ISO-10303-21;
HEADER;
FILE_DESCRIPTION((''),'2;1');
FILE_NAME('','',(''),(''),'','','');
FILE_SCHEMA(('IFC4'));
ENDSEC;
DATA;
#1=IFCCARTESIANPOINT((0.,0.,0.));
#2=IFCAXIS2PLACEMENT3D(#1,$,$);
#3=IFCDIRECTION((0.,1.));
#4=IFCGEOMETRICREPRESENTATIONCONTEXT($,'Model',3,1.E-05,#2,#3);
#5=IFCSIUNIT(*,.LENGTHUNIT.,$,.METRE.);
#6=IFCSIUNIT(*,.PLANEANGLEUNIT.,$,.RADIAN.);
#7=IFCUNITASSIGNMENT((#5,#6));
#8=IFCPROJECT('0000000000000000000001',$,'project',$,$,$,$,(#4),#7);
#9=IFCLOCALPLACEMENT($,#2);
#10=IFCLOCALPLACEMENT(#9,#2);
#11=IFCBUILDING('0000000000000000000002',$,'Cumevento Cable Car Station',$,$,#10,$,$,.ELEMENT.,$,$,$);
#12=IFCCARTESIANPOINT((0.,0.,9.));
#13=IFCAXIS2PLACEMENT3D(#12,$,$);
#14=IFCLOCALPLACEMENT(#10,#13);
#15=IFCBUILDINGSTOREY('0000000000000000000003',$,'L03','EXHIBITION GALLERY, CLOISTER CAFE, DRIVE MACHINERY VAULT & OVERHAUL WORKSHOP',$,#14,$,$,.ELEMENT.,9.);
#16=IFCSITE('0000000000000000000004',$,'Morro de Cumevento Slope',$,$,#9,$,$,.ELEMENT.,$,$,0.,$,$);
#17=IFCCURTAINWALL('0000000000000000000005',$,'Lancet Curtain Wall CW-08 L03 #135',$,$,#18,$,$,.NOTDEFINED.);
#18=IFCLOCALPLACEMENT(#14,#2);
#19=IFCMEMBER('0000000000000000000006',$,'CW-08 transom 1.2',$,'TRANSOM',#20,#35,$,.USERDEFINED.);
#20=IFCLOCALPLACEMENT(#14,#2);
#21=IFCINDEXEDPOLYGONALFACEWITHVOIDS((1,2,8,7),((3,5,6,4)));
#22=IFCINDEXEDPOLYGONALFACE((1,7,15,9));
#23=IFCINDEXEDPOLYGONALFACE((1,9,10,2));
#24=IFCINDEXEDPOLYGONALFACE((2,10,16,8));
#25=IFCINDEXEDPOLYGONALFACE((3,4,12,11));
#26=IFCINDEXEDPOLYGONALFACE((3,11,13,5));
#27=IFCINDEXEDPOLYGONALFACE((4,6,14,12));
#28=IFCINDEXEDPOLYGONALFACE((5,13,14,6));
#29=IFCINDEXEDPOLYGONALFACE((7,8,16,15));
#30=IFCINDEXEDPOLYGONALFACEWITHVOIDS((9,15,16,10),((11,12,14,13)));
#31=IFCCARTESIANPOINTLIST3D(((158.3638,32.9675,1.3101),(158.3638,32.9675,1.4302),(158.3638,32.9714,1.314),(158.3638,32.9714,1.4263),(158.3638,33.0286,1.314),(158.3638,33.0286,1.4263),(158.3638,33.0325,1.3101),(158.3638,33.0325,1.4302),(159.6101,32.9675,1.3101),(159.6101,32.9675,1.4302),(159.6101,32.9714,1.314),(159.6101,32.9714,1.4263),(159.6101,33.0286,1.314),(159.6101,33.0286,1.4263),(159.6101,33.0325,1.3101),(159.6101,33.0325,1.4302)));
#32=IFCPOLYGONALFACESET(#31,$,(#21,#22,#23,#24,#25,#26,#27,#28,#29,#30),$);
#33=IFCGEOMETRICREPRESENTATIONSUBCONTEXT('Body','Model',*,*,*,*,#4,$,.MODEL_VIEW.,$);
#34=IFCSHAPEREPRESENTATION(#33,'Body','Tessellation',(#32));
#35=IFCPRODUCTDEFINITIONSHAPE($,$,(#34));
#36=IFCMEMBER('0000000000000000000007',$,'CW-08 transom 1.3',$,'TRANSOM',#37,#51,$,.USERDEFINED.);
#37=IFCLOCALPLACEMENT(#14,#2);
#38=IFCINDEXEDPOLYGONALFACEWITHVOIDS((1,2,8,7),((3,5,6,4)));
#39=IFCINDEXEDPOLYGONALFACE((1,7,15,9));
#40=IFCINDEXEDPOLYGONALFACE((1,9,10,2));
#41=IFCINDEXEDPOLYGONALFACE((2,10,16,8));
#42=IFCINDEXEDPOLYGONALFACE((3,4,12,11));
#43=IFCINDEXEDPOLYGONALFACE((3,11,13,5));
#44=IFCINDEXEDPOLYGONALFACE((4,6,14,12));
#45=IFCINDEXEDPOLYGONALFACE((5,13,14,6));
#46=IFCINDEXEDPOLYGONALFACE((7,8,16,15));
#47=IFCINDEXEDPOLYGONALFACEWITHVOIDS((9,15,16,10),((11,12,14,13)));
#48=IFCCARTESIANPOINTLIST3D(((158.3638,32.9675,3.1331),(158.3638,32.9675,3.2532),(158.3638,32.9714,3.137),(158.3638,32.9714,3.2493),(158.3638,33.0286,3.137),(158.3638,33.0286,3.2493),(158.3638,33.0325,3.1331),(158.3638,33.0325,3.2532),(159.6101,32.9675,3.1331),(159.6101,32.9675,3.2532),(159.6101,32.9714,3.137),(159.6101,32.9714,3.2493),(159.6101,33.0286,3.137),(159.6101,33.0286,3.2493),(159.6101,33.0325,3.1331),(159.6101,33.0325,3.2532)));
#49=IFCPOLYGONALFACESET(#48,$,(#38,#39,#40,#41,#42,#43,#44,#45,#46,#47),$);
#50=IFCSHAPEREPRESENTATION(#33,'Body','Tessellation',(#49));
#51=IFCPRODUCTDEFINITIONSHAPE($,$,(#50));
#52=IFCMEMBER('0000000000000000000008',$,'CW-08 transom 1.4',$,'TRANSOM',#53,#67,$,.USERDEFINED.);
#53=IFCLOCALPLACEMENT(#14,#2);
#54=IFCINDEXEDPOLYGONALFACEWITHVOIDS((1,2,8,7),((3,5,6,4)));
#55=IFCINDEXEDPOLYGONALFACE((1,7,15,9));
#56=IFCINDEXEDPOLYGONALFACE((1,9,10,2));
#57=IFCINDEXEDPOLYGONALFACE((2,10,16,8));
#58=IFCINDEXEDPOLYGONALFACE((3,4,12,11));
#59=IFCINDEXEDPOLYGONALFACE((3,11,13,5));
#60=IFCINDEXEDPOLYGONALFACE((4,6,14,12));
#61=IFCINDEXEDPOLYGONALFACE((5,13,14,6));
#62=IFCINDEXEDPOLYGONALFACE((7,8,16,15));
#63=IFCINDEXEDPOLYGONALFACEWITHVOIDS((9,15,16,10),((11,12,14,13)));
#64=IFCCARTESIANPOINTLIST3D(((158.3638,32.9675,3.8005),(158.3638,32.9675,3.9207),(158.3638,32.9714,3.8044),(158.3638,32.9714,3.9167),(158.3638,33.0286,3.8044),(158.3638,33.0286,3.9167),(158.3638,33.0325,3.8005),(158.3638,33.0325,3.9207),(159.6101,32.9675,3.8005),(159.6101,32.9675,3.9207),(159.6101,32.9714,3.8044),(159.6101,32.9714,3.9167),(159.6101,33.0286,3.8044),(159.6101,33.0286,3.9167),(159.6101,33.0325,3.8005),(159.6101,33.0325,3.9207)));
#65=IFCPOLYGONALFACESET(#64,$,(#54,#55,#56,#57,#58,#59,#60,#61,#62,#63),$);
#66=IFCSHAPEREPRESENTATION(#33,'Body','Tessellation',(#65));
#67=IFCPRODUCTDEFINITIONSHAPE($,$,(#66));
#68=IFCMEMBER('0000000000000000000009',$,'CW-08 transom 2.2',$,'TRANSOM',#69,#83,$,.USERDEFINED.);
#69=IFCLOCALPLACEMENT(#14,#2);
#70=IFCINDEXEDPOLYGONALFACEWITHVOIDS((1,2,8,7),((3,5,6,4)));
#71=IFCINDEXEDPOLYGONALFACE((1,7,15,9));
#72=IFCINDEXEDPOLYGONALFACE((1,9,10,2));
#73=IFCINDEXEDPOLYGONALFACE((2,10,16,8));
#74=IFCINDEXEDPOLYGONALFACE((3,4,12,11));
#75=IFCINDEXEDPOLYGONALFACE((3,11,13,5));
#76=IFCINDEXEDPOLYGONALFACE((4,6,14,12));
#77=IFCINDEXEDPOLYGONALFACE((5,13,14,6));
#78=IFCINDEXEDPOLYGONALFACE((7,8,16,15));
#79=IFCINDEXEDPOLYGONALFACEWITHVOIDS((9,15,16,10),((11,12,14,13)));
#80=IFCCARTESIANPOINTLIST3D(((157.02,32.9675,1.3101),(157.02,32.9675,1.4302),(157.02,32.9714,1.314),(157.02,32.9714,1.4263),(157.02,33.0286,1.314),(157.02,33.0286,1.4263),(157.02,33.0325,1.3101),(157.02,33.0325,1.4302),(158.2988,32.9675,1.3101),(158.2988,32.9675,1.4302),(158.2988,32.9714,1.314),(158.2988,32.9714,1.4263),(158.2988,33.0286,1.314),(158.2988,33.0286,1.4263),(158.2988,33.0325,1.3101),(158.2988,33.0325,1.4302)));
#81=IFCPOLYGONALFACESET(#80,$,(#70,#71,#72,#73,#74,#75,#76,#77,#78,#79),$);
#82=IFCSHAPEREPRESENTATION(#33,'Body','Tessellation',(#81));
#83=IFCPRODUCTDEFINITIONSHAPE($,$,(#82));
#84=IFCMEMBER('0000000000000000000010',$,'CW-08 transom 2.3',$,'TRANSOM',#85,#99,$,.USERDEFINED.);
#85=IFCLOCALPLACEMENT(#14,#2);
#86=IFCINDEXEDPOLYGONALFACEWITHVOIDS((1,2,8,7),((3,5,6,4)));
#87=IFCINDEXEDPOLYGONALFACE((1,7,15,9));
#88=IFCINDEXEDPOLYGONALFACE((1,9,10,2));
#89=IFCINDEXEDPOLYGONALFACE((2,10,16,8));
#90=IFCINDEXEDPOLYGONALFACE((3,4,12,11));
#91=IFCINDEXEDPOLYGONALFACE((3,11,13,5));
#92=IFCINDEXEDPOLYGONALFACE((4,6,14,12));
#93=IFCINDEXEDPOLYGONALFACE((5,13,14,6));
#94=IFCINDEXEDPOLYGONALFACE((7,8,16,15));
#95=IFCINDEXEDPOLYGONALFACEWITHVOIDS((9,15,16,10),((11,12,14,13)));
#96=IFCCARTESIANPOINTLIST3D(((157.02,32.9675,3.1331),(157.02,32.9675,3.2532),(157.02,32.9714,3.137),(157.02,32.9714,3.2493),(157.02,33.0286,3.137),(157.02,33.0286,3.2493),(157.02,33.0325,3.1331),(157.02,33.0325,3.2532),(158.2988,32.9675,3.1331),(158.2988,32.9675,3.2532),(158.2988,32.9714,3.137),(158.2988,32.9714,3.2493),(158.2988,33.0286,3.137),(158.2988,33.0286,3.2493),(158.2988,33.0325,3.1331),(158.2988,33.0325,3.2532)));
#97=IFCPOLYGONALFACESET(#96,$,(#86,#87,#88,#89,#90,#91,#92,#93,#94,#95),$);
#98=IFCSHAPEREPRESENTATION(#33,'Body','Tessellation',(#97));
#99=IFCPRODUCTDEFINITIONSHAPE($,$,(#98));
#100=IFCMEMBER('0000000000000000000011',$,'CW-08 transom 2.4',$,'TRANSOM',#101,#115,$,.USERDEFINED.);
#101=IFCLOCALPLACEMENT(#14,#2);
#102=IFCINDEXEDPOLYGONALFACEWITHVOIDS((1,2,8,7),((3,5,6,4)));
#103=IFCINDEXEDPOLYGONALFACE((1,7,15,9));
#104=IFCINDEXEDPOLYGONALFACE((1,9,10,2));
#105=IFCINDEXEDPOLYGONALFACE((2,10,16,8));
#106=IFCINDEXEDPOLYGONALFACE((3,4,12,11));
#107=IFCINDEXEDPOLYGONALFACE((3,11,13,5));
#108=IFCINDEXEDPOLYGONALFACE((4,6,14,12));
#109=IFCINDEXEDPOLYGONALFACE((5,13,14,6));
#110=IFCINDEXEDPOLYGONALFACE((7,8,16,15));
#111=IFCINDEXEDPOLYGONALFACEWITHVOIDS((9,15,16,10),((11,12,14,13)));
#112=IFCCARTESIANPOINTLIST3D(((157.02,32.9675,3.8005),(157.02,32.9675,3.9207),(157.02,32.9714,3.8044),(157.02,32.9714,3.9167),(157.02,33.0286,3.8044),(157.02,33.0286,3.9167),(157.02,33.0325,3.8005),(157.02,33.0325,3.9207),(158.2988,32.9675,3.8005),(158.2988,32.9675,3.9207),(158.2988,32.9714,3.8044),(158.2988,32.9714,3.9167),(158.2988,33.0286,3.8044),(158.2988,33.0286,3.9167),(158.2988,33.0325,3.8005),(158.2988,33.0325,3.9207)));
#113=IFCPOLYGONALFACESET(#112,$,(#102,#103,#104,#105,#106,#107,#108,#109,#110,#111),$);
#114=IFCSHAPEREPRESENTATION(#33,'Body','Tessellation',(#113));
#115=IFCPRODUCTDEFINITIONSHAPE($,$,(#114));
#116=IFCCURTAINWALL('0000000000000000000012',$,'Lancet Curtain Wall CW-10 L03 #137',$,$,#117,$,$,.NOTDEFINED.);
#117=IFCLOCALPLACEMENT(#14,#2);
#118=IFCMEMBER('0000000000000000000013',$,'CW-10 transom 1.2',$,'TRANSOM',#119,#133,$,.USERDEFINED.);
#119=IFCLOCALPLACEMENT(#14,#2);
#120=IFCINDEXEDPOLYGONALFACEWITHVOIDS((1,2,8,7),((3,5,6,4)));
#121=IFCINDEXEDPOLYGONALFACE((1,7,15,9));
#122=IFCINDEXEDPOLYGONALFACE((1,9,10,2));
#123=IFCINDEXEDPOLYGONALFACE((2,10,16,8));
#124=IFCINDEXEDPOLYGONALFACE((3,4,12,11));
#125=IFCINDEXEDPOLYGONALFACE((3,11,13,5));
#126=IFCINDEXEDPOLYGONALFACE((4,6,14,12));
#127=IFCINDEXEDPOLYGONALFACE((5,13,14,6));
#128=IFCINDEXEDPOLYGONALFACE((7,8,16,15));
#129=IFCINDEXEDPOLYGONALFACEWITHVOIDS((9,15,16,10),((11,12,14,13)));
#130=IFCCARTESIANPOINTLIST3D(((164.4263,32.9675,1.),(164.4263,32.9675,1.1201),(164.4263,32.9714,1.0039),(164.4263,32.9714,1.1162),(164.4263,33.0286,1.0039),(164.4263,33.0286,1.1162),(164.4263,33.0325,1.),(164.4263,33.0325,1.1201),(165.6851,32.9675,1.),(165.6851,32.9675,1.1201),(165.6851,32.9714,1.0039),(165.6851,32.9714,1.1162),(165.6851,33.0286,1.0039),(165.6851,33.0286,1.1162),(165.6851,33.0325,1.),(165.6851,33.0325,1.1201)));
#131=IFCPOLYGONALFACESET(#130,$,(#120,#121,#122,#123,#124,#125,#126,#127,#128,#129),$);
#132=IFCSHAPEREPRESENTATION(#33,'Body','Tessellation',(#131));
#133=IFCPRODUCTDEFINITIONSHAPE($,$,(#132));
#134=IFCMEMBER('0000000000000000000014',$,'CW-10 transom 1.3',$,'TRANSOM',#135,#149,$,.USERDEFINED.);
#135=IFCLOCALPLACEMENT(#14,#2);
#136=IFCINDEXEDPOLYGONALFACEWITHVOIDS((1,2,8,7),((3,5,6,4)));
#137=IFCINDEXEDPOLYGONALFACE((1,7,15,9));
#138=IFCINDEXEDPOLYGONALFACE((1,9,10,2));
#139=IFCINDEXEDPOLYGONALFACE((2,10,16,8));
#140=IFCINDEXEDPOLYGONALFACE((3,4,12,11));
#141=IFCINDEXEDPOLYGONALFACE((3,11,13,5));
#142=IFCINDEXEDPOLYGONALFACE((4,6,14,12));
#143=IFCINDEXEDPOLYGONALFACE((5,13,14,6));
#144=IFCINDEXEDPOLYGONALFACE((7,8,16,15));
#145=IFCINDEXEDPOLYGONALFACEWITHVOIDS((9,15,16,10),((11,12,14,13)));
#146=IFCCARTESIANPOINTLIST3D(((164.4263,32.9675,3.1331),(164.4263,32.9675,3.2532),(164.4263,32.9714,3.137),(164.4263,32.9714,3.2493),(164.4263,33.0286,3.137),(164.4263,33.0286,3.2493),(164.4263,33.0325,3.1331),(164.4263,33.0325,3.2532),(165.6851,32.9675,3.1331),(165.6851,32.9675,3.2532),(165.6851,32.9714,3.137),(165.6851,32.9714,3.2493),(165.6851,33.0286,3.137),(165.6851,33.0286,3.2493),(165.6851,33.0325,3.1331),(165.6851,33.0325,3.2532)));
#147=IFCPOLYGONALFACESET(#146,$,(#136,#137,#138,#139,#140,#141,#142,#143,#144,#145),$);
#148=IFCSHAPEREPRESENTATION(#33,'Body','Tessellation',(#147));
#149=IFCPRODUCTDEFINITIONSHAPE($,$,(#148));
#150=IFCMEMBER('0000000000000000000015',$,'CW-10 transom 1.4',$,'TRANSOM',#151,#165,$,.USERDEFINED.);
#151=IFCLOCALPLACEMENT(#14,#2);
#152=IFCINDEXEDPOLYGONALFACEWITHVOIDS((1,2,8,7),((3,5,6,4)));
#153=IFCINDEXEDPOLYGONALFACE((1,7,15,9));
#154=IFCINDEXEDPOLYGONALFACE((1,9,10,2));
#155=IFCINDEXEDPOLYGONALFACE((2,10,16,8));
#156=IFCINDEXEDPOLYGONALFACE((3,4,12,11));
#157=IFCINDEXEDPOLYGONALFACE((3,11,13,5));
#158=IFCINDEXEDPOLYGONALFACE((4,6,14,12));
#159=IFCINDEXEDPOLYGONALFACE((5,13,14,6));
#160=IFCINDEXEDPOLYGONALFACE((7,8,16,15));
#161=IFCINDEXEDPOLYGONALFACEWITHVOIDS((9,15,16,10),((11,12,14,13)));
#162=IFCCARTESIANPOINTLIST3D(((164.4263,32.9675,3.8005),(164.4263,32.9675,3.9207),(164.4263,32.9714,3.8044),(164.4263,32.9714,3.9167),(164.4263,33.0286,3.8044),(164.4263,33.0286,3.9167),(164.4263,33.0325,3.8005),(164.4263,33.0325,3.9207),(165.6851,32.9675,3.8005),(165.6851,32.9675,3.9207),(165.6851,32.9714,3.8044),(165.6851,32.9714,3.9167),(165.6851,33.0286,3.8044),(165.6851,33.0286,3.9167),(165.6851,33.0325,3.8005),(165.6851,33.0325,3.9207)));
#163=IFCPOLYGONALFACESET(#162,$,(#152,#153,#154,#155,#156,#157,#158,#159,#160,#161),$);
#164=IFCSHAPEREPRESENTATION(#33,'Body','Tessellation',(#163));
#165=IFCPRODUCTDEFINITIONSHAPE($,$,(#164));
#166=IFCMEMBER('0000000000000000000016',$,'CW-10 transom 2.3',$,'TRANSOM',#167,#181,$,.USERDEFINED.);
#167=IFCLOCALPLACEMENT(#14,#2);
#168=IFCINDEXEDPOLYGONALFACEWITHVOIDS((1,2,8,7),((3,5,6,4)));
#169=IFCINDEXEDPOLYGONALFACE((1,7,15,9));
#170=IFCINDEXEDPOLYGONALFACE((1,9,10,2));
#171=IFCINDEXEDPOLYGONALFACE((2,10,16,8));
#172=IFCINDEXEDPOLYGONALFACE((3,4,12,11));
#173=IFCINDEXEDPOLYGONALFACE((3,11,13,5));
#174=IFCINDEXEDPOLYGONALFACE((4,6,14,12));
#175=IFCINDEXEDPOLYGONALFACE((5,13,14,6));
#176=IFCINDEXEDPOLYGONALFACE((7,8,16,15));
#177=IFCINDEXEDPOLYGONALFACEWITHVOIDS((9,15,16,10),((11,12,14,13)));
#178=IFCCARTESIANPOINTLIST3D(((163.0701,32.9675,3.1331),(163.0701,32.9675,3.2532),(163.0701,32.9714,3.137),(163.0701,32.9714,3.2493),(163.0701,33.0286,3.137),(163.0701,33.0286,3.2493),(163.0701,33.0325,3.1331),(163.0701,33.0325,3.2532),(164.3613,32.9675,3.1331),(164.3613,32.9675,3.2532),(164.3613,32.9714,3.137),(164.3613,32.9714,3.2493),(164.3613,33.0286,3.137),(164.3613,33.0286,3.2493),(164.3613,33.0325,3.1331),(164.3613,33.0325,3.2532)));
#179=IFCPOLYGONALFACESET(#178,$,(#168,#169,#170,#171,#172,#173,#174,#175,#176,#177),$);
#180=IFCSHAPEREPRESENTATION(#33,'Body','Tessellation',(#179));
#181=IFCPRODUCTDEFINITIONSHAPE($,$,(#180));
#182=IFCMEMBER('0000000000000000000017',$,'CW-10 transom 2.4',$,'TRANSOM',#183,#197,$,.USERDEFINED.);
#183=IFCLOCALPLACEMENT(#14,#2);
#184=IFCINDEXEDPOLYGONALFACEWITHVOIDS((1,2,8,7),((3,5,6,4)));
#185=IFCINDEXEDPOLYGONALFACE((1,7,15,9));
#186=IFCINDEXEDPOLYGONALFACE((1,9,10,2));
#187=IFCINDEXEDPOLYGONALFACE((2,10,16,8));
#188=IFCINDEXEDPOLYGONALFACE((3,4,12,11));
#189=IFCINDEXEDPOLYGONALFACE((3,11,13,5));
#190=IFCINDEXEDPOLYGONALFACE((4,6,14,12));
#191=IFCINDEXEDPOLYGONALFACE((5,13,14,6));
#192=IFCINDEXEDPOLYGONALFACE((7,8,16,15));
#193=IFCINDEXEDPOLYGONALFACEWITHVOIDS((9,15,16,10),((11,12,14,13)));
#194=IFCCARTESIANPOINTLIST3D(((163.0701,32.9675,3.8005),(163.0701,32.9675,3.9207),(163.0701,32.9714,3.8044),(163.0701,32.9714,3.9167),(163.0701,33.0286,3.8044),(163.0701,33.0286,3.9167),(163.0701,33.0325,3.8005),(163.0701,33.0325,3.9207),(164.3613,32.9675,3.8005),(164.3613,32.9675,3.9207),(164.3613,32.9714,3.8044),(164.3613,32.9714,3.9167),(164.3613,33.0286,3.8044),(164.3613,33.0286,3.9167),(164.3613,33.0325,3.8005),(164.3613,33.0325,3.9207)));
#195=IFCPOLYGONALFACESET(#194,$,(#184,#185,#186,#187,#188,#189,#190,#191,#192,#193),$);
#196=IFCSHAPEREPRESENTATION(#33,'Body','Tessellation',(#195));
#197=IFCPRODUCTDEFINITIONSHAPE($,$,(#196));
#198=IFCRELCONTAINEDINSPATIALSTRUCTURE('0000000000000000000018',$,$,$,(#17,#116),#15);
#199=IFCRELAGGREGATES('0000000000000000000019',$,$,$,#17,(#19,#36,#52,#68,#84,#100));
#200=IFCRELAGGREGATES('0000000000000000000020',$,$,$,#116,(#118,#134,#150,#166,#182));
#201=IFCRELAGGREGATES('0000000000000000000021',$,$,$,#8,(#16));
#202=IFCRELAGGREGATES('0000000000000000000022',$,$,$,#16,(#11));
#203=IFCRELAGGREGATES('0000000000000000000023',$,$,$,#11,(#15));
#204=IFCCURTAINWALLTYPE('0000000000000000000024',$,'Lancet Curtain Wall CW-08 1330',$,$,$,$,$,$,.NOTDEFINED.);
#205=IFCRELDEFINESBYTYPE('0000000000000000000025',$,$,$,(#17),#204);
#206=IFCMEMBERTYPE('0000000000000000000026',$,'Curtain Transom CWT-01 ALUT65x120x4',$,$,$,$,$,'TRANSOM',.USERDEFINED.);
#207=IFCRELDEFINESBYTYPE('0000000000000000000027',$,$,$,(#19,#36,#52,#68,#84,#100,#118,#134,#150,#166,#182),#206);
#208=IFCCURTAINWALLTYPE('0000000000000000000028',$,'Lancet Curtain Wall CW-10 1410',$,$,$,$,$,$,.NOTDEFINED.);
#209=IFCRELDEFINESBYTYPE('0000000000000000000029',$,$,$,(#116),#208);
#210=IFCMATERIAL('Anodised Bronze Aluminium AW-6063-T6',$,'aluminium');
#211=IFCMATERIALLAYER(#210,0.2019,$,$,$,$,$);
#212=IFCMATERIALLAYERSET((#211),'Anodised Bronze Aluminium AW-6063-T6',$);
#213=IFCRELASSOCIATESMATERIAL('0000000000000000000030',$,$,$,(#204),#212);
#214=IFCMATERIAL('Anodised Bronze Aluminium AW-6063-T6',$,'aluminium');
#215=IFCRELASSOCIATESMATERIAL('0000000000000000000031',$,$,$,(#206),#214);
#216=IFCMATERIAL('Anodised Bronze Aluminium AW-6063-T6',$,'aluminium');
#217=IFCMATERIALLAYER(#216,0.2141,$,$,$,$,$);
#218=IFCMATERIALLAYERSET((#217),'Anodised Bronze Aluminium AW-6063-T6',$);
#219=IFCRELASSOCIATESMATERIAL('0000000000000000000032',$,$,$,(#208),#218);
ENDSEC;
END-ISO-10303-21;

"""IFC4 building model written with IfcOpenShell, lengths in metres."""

from ifc_helpers import new_model, si_unit, direction, frame, origin, origin_2d, place, context, subcontext, project, spatial, hollow_rectangle, extrude, material, layer, layer_set, material_profile, profile_set, type_object, element, aggregate, save


model = new_model("IFC4")

# Units and contexts
model_context = context("Model", 3, precision=1e-05, world=origin(), true_north=direction((0.0, 1.0)))
body_context = subcontext(model_context, "Body", "Model", "MODEL_VIEW")
ifc_project = project(units=[si_unit("LENGTHUNIT", "METRE"), si_unit("PLANEANGLEUNIT", "RADIAN")], contexts=[model_context])

# Site, building, storey
site_placement = place(None, origin())
site = spatial("IfcSite", under=ifc_project, at=site_placement, Name="Morro de Cumevento Slope", CompositionType="ELEMENT", RefElevation=0.0)
building_placement = place(site_placement, origin())
building = spatial("IfcBuilding", under=site, at=building_placement, Name="Cumevento Cable Car Station", CompositionType="ELEMENT")
storey_placement = place(building_placement, frame((0.0, 0.0, 9.0)))
storey = spatial("IfcBuildingStorey", under=building, at=storey_placement, Name="L03", Description="EXHIBITION GALLERY, CLOISTER CAFE, DRIVE MACHINERY VAULT & OVERHAUL WORKSHOP", CompositionType="ELEMENT", Elevation=9.0)

# Curtain walls, members
ifc_material_1 = material(Name="Anodised Bronze Aluminium AW-6063-T6", Category="aluminium")
ifc_layer_1 = layer(ifc_material_1, 0.2019)
ifc_layer_set_1 = layer_set([ifc_layer_1], Name="Anodised Bronze Aluminium AW-6063-T6")
curtain_wall_type_1 = type_object("IfcCurtainWallType", Name="Lancet Curtain Wall CW-08 1330", PredefinedType="NOTDEFINED", material=ifc_layer_set_1)
curtain_wall_1_placement = place(storey_placement, origin())
curtain_wall_1 = element("IfcCurtainWall", 1, at=curtain_wall_1_placement, inside=storey, type_object=curtain_wall_type_1, Name="Lancet Curtain Wall CW-08 L03 #135", PredefinedType="NOTDEFINED")
ifc_material_2 = material(Name="Anodised Bronze Aluminium AW-6063-T6", Category="aluminium")
ifc_material_profile_1 = material_profile(ifc_material_2, hollow_rectangle(XDim=0.0649, YDim=0.1201, WallThickness=0.0039, at=origin_2d()), Name="ALUT65x120x4")
ifc_profile_set_1 = profile_set([ifc_material_profile_1], Name="Anodised Bronze Aluminium AW-6063-T6")
member_type = type_object("IfcMemberType", Name="Curtain Transom CWT-01 ALUT65x120x4", ElementType="TRANSOM", PredefinedType="USERDEFINED", material=ifc_profile_set_1)
member_1_placement = place(storey_placement, frame((159.6101, 33.0, 1.3701), z_axis=(-1.0, 0.0, 0.0), x_axis=(0.0, -1.0, 0.0)))
member_1 = element("IfcMember", 2, at=member_1_placement, type_object=member_type, Name="CW-08 transom 1.2", ObjectType="TRANSOM", PredefinedType="USERDEFINED", context=body_context, shape_type="SweptSolid", body=[
    extrude(hollow_rectangle(XDim=0.0649, YDim=0.1201, WallThickness=0.0039, at=origin_2d()), origin(), (0.0, 0.0, 1.0), 1.2463),
])
member_2_placement = place(storey_placement, frame((159.6101, 33.0, 3.1931), z_axis=(-1.0, 0.0, 0.0), x_axis=(0.0, -1.0, 0.0)))
member_2 = element("IfcMember", 3, at=member_2_placement, type_object=member_type, Name="CW-08 transom 1.3", ObjectType="TRANSOM", PredefinedType="USERDEFINED", context=body_context, shape_type="SweptSolid", body=[
    extrude(hollow_rectangle(XDim=0.0649, YDim=0.1201, WallThickness=0.0039, at=origin_2d()), origin(), (0.0, 0.0, 1.0), 1.2463),
])
member_3_placement = place(storey_placement, frame((159.6101, 33.0, 3.8606), z_axis=(-1.0, 0.0, 0.0), x_axis=(0.0, -1.0, 0.0)))
member_3 = element("IfcMember", 4, at=member_3_placement, type_object=member_type, Name="CW-08 transom 1.4", ObjectType="TRANSOM", PredefinedType="USERDEFINED", context=body_context, shape_type="SweptSolid", body=[
    extrude(hollow_rectangle(XDim=0.0649, YDim=0.1201, WallThickness=0.0039, at=origin_2d()), origin(), (0.0, 0.0, 1.0), 1.2463),
])
member_4_placement = place(storey_placement, frame((158.2988, 33.0, 1.3701), z_axis=(-1.0, 0.0, 0.0), x_axis=(0.0, -1.0, 0.0)))
member_4 = element("IfcMember", 5, at=member_4_placement, type_object=member_type, Name="CW-08 transom 2.2", ObjectType="TRANSOM", PredefinedType="USERDEFINED", context=body_context, shape_type="SweptSolid", body=[
    extrude(hollow_rectangle(XDim=0.0649, YDim=0.1201, WallThickness=0.0039, at=origin_2d()), origin(), (0.0, 0.0, 1.0), 1.2788),
])
member_5_placement = place(storey_placement, frame((158.2988, 33.0, 3.1931), z_axis=(-1.0, 0.0, 0.0), x_axis=(0.0, -1.0, 0.0)))
member_5 = element("IfcMember", 6, at=member_5_placement, type_object=member_type, Name="CW-08 transom 2.3", ObjectType="TRANSOM", PredefinedType="USERDEFINED", context=body_context, shape_type="SweptSolid", body=[
    extrude(hollow_rectangle(XDim=0.0649, YDim=0.1201, WallThickness=0.0039, at=origin_2d()), origin(), (0.0, 0.0, 1.0), 1.2788),
])
member_6_placement = place(storey_placement, frame((158.2988, 33.0, 3.8606), z_axis=(-1.0, 0.0, 0.0), x_axis=(0.0, -1.0, 0.0)))
member_6 = element("IfcMember", 7, at=member_6_placement, type_object=member_type, Name="CW-08 transom 2.4", ObjectType="TRANSOM", PredefinedType="USERDEFINED", context=body_context, shape_type="SweptSolid", body=[
    extrude(hollow_rectangle(XDim=0.0649, YDim=0.1201, WallThickness=0.0039, at=origin_2d()), origin(), (0.0, 0.0, 1.0), 1.2788),
])
ifc_material_3 = material(Name="Anodised Bronze Aluminium AW-6063-T6", Category="aluminium")
ifc_layer_2 = layer(ifc_material_3, 0.2141)
ifc_layer_set_2 = layer_set([ifc_layer_2], Name="Anodised Bronze Aluminium AW-6063-T6")
curtain_wall_type_2 = type_object("IfcCurtainWallType", Name="Lancet Curtain Wall CW-10 1410", PredefinedType="NOTDEFINED", material=ifc_layer_set_2)
curtain_wall_2_placement = place(storey_placement, origin())
curtain_wall_2 = element("IfcCurtainWall", 8, at=curtain_wall_2_placement, inside=storey, type_object=curtain_wall_type_2, Name="Lancet Curtain Wall CW-10 L03 #137", PredefinedType="NOTDEFINED")
member_7_placement = place(storey_placement, frame((165.6851, 33.0, 1.0601), z_axis=(-1.0, 0.0, 0.0), x_axis=(0.0, -1.0, 0.0)))
member_7 = element("IfcMember", 9, at=member_7_placement, type_object=member_type, Name="CW-10 transom 1.2", ObjectType="TRANSOM", PredefinedType="USERDEFINED", context=body_context, shape_type="SweptSolid", body=[
    extrude(hollow_rectangle(XDim=0.0649, YDim=0.1201, WallThickness=0.0039, at=origin_2d()), origin(), (0.0, 0.0, 1.0), 1.2588),
])
member_8_placement = place(storey_placement, frame((165.6851, 33.0, 3.1931), z_axis=(-1.0, 0.0, 0.0), x_axis=(0.0, -1.0, 0.0)))
member_8 = element("IfcMember", 10, at=member_8_placement, type_object=member_type, Name="CW-10 transom 1.3", ObjectType="TRANSOM", PredefinedType="USERDEFINED", context=body_context, shape_type="SweptSolid", body=[
    extrude(hollow_rectangle(XDim=0.0649, YDim=0.1201, WallThickness=0.0039, at=origin_2d()), origin(), (0.0, 0.0, 1.0), 1.2588),
])
member_9_placement = place(storey_placement, frame((165.6851, 33.0, 3.8606), z_axis=(-1.0, 0.0, 0.0), x_axis=(0.0, -1.0, 0.0)))
member_9 = element("IfcMember", 11, at=member_9_placement, type_object=member_type, Name="CW-10 transom 1.4", ObjectType="TRANSOM", PredefinedType="USERDEFINED", context=body_context, shape_type="SweptSolid", body=[
    extrude(hollow_rectangle(XDim=0.0649, YDim=0.1201, WallThickness=0.0039, at=origin_2d()), origin(), (0.0, 0.0, 1.0), 1.2588),
])
member_10_placement = place(storey_placement, frame((164.3613, 33.0, 3.1931), z_axis=(-1.0, 0.0, 0.0), x_axis=(0.0, -1.0, 0.0)))
member_10 = element("IfcMember", 12, at=member_10_placement, type_object=member_type, Name="CW-10 transom 2.3", ObjectType="TRANSOM", PredefinedType="USERDEFINED", context=body_context, shape_type="SweptSolid", body=[
    extrude(hollow_rectangle(XDim=0.0649, YDim=0.1201, WallThickness=0.0039, at=origin_2d()), origin(), (0.0, 0.0, 1.0), 1.2913),
])
member_11_placement = place(storey_placement, frame((164.3613, 33.0, 3.8606), z_axis=(-1.0, 0.0, 0.0), x_axis=(0.0, -1.0, 0.0)))
member_11 = element("IfcMember", 13, at=member_11_placement, type_object=member_type, Name="CW-10 transom 2.4", ObjectType="TRANSOM", PredefinedType="USERDEFINED", context=body_context, shape_type="SweptSolid", body=[
    extrude(hollow_rectangle(XDim=0.0649, YDim=0.1201, WallThickness=0.0039, at=origin_2d()), origin(), (0.0, 0.0, 1.0), 1.2913),
])

aggregate(curtain_wall_1, [member_1, member_2, member_3, member_4, member_5, member_6])
aggregate(curtain_wall_2, [member_7, member_8, member_9, member_10, member_11])

save(model, "model.ifc")
